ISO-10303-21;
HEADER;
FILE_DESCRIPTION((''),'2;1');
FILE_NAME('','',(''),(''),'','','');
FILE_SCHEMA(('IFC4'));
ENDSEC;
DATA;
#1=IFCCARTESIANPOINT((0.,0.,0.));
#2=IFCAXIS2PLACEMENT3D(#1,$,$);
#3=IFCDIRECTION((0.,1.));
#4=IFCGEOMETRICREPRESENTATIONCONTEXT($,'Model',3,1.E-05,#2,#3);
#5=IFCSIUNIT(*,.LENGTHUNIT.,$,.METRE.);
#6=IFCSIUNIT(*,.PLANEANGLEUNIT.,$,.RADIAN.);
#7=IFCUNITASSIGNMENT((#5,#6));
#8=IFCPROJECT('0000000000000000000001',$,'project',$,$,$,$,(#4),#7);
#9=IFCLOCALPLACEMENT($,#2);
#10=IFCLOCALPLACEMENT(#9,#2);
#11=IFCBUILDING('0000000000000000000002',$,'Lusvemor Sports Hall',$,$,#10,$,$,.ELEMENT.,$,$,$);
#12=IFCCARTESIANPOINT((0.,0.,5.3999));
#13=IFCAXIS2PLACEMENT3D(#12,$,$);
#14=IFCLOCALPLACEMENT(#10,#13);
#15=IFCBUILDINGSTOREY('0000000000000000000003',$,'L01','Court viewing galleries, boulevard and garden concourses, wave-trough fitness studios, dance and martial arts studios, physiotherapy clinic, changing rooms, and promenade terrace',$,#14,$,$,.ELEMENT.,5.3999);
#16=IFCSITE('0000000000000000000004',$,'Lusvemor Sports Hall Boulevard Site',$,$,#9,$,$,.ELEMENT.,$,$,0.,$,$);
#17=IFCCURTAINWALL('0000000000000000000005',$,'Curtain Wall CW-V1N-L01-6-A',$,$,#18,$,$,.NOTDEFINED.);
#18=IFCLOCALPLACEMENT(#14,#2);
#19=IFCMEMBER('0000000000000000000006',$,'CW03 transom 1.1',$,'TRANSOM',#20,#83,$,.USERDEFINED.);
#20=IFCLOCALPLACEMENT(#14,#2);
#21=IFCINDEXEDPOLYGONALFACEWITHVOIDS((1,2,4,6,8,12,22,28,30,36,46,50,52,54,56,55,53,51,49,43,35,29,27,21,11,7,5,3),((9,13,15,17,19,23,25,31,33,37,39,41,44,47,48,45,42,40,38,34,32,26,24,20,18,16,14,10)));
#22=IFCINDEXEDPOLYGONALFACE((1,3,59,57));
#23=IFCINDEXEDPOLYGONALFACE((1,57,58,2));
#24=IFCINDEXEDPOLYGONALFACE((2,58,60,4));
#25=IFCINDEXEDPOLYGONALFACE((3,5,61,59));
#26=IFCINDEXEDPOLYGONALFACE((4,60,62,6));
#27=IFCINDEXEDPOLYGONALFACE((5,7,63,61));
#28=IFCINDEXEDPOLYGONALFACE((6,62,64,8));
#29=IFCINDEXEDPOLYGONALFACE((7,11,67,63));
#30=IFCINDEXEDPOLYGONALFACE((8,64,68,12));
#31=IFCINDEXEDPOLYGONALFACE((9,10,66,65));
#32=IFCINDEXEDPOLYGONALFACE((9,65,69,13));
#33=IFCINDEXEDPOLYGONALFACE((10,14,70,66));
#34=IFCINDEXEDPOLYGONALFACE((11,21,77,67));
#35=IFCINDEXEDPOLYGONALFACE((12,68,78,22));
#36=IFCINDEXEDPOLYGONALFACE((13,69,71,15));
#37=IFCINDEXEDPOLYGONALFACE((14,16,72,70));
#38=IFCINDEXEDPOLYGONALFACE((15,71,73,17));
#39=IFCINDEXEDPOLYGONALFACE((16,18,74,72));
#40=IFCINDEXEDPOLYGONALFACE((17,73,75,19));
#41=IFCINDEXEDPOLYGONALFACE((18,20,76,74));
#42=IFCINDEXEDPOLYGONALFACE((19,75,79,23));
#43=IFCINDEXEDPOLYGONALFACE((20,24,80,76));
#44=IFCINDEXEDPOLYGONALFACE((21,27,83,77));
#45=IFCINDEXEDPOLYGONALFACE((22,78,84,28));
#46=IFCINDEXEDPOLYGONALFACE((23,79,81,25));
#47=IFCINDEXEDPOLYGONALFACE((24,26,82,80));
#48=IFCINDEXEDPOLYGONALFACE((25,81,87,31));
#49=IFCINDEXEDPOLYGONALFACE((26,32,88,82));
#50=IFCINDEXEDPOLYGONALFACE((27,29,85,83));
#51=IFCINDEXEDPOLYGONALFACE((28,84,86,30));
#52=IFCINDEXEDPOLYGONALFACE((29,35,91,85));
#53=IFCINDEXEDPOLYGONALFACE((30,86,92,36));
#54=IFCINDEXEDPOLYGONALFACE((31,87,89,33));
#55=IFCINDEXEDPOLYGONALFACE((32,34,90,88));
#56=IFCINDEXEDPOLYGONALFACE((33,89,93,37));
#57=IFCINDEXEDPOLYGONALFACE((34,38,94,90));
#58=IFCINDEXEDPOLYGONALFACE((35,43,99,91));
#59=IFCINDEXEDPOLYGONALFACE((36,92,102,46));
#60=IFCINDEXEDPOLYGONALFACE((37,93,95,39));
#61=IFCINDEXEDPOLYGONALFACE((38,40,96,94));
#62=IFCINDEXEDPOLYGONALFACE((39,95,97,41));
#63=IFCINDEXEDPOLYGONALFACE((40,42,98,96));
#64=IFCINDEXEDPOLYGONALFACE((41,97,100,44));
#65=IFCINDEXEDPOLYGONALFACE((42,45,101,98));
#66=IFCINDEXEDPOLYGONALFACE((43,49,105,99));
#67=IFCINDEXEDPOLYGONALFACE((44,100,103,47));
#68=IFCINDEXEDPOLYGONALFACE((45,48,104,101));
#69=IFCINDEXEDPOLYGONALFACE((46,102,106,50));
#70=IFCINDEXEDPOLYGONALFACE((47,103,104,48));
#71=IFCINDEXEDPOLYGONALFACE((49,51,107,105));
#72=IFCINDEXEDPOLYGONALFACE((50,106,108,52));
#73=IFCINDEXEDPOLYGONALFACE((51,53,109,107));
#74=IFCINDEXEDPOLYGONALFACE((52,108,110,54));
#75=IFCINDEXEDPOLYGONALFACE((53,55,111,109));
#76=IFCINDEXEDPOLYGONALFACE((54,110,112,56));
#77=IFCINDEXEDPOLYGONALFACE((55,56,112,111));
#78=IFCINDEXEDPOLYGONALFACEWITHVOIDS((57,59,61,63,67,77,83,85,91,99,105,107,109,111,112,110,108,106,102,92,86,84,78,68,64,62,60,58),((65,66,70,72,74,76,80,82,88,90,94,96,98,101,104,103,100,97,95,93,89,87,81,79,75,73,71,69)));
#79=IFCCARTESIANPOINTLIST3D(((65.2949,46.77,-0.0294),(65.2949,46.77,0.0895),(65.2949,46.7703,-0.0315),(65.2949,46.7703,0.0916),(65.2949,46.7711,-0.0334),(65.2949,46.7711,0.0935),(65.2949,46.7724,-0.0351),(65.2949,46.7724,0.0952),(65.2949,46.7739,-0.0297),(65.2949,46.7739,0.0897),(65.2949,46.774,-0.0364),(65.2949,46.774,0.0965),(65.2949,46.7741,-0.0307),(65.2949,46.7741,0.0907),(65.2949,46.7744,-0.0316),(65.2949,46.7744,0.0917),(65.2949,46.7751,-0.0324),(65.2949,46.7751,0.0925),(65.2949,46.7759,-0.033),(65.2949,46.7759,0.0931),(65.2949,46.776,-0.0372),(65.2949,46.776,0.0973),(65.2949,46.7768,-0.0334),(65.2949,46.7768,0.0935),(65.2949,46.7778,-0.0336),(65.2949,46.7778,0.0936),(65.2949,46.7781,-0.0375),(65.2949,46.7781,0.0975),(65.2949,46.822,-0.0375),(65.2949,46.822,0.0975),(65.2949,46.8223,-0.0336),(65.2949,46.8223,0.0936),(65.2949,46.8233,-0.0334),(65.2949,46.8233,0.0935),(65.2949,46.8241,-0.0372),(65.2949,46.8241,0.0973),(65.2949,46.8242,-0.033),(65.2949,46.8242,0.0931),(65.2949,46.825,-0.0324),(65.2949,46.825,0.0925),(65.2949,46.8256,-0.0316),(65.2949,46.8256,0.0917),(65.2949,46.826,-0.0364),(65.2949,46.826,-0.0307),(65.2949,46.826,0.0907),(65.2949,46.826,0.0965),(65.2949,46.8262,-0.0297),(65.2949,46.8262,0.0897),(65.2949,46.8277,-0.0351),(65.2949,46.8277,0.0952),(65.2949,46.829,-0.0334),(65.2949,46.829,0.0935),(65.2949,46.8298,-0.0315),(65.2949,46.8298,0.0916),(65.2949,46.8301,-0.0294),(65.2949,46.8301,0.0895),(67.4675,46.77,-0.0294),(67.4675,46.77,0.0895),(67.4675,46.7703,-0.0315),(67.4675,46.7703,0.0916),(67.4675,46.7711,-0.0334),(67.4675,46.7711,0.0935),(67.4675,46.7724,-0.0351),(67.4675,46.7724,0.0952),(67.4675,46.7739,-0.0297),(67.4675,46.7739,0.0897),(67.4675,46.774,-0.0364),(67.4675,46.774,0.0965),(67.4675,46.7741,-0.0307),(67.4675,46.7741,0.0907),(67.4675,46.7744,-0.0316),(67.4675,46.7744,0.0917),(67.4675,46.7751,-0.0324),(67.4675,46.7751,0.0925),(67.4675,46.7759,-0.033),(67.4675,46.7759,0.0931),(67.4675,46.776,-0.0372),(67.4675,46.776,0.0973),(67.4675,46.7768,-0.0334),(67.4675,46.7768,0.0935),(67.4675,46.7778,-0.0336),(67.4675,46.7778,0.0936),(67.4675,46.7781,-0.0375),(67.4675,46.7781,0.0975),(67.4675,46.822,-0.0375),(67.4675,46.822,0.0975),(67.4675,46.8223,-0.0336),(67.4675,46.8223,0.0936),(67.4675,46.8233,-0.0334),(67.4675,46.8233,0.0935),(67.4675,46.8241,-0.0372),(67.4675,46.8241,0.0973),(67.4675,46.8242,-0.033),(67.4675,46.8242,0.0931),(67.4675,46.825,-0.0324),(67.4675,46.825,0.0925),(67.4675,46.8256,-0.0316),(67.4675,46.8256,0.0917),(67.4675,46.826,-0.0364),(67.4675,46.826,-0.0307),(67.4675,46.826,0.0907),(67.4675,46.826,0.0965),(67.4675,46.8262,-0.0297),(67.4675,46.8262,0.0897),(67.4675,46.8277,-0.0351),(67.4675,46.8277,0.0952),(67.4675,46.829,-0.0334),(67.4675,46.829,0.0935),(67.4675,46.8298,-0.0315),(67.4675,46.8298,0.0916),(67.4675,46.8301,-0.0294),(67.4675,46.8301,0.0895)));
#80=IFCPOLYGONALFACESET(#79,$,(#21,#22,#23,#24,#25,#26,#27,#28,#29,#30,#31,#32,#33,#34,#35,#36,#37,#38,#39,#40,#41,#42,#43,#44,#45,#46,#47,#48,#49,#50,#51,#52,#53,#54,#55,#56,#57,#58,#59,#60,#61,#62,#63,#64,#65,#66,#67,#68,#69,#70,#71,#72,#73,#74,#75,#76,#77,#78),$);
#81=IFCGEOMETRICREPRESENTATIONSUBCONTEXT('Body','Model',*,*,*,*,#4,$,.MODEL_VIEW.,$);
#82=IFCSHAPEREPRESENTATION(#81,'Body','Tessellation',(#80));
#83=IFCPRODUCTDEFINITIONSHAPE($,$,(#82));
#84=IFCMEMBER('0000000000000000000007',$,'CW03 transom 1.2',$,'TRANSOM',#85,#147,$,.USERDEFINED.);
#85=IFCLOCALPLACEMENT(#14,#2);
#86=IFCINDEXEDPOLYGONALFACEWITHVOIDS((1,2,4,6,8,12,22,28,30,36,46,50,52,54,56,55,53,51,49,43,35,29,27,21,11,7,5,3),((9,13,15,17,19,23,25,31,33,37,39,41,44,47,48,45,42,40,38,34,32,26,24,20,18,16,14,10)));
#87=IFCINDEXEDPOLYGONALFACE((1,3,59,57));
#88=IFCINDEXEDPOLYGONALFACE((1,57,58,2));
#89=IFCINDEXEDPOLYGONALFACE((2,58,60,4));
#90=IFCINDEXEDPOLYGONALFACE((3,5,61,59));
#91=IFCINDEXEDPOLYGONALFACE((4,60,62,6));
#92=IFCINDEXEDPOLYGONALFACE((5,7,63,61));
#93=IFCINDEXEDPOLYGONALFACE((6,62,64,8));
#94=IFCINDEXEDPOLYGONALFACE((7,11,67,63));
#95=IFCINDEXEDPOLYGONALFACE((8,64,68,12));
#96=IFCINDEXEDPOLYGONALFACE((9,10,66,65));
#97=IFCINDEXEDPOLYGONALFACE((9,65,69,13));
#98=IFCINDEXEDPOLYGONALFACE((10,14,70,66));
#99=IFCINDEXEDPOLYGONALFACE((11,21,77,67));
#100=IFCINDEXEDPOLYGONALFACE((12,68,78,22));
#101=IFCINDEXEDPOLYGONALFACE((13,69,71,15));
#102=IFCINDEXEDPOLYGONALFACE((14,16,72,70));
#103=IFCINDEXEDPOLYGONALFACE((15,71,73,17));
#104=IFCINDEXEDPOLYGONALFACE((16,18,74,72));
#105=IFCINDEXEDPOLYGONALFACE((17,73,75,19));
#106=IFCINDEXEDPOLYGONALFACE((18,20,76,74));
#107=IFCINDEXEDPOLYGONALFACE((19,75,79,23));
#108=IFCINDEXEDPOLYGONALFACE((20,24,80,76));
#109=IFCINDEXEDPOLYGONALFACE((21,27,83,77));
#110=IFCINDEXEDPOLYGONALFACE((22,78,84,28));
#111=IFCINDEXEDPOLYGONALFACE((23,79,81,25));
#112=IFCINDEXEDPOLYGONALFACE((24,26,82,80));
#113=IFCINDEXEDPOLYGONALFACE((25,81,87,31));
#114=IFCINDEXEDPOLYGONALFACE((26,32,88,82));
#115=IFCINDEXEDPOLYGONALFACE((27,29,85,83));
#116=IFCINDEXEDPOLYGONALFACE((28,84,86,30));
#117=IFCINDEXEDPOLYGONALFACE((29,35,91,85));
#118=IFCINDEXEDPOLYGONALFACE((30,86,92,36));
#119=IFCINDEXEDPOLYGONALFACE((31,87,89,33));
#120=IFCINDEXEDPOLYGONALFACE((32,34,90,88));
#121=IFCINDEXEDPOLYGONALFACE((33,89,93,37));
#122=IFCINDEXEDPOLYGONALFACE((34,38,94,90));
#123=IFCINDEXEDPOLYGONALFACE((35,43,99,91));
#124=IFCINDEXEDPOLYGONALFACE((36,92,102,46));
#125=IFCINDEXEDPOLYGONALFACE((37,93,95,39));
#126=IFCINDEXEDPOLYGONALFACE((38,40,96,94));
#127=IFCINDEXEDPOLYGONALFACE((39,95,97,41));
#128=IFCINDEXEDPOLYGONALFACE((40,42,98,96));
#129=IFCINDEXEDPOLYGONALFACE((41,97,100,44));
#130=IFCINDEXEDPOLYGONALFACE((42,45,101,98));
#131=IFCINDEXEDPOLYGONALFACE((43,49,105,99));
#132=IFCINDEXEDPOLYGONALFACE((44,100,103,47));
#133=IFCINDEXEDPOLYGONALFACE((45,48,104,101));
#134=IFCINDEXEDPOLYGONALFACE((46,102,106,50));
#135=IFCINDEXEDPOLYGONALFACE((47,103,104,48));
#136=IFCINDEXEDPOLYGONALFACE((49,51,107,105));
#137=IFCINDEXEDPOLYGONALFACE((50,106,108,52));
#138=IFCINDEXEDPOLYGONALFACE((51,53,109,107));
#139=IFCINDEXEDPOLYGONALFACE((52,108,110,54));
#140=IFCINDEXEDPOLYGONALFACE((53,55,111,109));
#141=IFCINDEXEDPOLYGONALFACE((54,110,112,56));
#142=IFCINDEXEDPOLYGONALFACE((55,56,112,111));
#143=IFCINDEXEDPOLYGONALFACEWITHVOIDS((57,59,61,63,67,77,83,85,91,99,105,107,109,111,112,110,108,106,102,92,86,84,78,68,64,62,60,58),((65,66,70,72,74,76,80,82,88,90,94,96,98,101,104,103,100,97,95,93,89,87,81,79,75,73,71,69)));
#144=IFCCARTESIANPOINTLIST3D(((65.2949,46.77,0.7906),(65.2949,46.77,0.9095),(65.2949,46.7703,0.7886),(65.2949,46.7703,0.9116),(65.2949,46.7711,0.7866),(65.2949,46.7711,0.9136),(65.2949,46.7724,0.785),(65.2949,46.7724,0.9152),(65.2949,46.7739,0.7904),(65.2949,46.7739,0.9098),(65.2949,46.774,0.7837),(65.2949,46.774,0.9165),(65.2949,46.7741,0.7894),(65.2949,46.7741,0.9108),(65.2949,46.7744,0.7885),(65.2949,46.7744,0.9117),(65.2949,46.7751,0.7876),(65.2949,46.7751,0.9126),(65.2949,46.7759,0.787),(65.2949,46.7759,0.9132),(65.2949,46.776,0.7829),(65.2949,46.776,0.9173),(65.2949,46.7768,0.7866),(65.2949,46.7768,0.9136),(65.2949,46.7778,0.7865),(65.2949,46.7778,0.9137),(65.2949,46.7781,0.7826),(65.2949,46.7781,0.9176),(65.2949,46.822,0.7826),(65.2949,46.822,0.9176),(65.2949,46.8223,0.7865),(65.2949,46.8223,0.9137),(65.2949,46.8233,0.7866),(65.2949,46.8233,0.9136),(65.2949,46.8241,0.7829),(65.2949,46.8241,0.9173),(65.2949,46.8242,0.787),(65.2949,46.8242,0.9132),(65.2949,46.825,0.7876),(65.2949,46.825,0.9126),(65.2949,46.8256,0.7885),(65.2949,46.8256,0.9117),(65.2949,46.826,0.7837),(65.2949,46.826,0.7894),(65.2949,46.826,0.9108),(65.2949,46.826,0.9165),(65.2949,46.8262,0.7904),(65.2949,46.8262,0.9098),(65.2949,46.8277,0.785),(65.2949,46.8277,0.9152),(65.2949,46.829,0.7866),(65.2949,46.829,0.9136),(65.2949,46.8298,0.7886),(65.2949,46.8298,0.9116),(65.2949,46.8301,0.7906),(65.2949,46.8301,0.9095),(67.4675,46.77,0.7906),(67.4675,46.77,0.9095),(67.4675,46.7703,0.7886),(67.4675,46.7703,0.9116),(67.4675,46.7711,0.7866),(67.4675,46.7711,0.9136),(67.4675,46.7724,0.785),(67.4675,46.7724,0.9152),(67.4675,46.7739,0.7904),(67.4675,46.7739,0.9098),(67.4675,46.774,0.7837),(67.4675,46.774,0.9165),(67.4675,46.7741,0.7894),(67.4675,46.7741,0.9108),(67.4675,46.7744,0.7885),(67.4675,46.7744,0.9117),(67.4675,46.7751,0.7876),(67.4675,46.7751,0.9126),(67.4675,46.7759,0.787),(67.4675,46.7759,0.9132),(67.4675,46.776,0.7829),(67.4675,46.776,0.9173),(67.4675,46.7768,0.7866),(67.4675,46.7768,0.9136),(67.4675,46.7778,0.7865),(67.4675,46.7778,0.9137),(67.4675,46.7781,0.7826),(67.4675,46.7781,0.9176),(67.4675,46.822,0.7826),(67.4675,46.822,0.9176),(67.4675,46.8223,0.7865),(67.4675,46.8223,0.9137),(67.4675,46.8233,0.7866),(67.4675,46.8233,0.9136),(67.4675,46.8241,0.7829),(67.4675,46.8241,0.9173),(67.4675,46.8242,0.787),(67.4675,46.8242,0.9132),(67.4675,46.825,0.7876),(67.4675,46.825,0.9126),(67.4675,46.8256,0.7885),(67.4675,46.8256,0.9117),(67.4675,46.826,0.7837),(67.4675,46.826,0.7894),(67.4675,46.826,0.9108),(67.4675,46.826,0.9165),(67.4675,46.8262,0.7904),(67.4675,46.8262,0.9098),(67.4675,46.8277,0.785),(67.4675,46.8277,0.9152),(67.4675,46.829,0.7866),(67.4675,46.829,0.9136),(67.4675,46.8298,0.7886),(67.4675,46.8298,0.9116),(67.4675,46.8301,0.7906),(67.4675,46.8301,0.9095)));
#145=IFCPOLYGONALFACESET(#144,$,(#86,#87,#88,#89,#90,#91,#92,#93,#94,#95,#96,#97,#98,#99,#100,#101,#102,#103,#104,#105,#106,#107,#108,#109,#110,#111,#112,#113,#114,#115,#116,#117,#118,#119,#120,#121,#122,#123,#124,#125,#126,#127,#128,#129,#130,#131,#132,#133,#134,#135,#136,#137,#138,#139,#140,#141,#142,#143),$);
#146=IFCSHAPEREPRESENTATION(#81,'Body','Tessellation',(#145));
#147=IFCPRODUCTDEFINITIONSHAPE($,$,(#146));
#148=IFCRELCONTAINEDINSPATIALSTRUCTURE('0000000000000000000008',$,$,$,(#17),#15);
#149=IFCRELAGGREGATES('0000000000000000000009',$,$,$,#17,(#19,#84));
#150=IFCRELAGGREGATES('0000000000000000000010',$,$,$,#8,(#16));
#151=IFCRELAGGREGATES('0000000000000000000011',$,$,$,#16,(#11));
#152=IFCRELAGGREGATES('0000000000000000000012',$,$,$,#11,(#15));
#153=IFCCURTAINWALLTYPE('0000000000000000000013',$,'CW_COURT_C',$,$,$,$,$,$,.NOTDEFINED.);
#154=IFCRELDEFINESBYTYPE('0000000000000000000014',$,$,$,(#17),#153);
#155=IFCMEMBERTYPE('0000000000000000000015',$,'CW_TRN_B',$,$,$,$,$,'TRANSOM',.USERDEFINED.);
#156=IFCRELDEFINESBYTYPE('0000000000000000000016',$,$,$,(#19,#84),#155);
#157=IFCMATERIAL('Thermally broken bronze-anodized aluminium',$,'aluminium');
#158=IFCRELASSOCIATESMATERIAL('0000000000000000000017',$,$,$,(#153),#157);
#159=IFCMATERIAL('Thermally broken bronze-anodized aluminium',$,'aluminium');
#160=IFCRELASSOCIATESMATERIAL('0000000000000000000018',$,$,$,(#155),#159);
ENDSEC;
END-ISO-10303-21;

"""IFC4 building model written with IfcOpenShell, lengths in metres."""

from ifc_helpers import new_model, si_unit, direction, frame, origin, origin_2d, place, context, subcontext, project, spatial, hollow_rectangle, extrude, material, material_profile, profile_set, type_object, element, aggregate, save


model = new_model("IFC4")

# Units and contexts
model_context = context("Model", 3, precision=1e-05, world=origin(), true_north=direction((0.0, 1.0)))
body_context = subcontext(model_context, "Body", "Model", "MODEL_VIEW")
ifc_project = project(units=[si_unit("LENGTHUNIT", "METRE"), si_unit("PLANEANGLEUNIT", "RADIAN")], contexts=[model_context])

# Site, building, storey
site_placement = place(None, origin())
site = spatial("IfcSite", under=ifc_project, at=site_placement, Name="Lusvemor Sports Hall Boulevard Site", CompositionType="ELEMENT", RefElevation=0.0)
building_placement = place(site_placement, origin())
building = spatial("IfcBuilding", under=site, at=building_placement, Name="Lusvemor Sports Hall", CompositionType="ELEMENT")
storey_placement = place(building_placement, frame((0.0, 0.0, 5.3999)))
storey = spatial("IfcBuildingStorey", under=building, at=storey_placement, Name="L01", Description="Court viewing galleries, boulevard and garden concourses, wave-trough fitness studios, dance and martial arts studios, physiotherapy clinic, changing rooms, and promenade terrace", CompositionType="ELEMENT", Elevation=5.3999)

# Shared definitions
ifc_material_1 = material(Name="Thermally broken bronze-anodized aluminium", Category="aluminium")
curtain_wall_type = type_object("IfcCurtainWallType", Name="CW_COURT_C", PredefinedType="NOTDEFINED", material=ifc_material_1)

# Curtain wall, members
curtain_wall_1_placement = place(storey_placement, origin())
curtain_wall_1 = element("IfcCurtainWall", 1, at=curtain_wall_1_placement, inside=storey, type_object=curtain_wall_type, Name="Curtain Wall CW-V1N-L01-6-A", PredefinedType="NOTDEFINED")
ifc_material_2 = material(Name="Thermally broken bronze-anodized aluminium", Category="aluminium")
ifc_material_profile_1 = material_profile(ifc_material_2, hollow_rectangle(XDim=0.0601, YDim=0.135, WallThickness=0.0039, InnerFilletRadius=0.0039, OuterFilletRadius=0.0081, at=origin_2d()), Name="CWTRN135x60x4")
ifc_profile_set_1 = profile_set([ifc_material_profile_1], Name="Thermally broken bronze-anodized aluminium")
member_type_1 = type_object("IfcMemberType", Name="CW_TRN_B", ElementType="TRANSOM", PredefinedType="USERDEFINED", material=ifc_profile_set_1)
member_1_placement = place(storey_placement, frame((65.2949, 46.8, 0.03), z_axis=(1.0, 0.0, 0.0), x_axis=(0.0, 1.0, 0.0)))
member_1 = element("IfcMember", 2, at=member_1_placement, type_object=member_type_1, Name="CW03 transom 1.1", ObjectType="TRANSOM", PredefinedType="USERDEFINED", context=body_context, shape_type="SweptSolid", body=[
    extrude(hollow_rectangle(XDim=0.0601, YDim=0.135, WallThickness=0.0039, InnerFilletRadius=0.0039, OuterFilletRadius=0.0081, at=origin_2d()), origin(), (0.0, 0.0, 1.0), 2.1726),
])
member_2_placement = place(storey_placement, frame((65.2949, 46.8, 0.8501), z_axis=(1.0, 0.0, 0.0), x_axis=(0.0, 1.0, 0.0)))
member_2 = element("IfcMember", 3, at=member_2_placement, type_object=member_type_1, Name="CW03 transom 1.2", ObjectType="TRANSOM", PredefinedType="USERDEFINED", context=body_context, shape_type="SweptSolid", body=[
    extrude(hollow_rectangle(XDim=0.0601, YDim=0.135, WallThickness=0.0039, InnerFilletRadius=0.0039, OuterFilletRadius=0.0081, at=origin_2d()), origin(), (0.0, 0.0, 1.0), 2.1726),
])

aggregate(curtain_wall_1, [member_1, member_2])

save(model, "model.ifc")
